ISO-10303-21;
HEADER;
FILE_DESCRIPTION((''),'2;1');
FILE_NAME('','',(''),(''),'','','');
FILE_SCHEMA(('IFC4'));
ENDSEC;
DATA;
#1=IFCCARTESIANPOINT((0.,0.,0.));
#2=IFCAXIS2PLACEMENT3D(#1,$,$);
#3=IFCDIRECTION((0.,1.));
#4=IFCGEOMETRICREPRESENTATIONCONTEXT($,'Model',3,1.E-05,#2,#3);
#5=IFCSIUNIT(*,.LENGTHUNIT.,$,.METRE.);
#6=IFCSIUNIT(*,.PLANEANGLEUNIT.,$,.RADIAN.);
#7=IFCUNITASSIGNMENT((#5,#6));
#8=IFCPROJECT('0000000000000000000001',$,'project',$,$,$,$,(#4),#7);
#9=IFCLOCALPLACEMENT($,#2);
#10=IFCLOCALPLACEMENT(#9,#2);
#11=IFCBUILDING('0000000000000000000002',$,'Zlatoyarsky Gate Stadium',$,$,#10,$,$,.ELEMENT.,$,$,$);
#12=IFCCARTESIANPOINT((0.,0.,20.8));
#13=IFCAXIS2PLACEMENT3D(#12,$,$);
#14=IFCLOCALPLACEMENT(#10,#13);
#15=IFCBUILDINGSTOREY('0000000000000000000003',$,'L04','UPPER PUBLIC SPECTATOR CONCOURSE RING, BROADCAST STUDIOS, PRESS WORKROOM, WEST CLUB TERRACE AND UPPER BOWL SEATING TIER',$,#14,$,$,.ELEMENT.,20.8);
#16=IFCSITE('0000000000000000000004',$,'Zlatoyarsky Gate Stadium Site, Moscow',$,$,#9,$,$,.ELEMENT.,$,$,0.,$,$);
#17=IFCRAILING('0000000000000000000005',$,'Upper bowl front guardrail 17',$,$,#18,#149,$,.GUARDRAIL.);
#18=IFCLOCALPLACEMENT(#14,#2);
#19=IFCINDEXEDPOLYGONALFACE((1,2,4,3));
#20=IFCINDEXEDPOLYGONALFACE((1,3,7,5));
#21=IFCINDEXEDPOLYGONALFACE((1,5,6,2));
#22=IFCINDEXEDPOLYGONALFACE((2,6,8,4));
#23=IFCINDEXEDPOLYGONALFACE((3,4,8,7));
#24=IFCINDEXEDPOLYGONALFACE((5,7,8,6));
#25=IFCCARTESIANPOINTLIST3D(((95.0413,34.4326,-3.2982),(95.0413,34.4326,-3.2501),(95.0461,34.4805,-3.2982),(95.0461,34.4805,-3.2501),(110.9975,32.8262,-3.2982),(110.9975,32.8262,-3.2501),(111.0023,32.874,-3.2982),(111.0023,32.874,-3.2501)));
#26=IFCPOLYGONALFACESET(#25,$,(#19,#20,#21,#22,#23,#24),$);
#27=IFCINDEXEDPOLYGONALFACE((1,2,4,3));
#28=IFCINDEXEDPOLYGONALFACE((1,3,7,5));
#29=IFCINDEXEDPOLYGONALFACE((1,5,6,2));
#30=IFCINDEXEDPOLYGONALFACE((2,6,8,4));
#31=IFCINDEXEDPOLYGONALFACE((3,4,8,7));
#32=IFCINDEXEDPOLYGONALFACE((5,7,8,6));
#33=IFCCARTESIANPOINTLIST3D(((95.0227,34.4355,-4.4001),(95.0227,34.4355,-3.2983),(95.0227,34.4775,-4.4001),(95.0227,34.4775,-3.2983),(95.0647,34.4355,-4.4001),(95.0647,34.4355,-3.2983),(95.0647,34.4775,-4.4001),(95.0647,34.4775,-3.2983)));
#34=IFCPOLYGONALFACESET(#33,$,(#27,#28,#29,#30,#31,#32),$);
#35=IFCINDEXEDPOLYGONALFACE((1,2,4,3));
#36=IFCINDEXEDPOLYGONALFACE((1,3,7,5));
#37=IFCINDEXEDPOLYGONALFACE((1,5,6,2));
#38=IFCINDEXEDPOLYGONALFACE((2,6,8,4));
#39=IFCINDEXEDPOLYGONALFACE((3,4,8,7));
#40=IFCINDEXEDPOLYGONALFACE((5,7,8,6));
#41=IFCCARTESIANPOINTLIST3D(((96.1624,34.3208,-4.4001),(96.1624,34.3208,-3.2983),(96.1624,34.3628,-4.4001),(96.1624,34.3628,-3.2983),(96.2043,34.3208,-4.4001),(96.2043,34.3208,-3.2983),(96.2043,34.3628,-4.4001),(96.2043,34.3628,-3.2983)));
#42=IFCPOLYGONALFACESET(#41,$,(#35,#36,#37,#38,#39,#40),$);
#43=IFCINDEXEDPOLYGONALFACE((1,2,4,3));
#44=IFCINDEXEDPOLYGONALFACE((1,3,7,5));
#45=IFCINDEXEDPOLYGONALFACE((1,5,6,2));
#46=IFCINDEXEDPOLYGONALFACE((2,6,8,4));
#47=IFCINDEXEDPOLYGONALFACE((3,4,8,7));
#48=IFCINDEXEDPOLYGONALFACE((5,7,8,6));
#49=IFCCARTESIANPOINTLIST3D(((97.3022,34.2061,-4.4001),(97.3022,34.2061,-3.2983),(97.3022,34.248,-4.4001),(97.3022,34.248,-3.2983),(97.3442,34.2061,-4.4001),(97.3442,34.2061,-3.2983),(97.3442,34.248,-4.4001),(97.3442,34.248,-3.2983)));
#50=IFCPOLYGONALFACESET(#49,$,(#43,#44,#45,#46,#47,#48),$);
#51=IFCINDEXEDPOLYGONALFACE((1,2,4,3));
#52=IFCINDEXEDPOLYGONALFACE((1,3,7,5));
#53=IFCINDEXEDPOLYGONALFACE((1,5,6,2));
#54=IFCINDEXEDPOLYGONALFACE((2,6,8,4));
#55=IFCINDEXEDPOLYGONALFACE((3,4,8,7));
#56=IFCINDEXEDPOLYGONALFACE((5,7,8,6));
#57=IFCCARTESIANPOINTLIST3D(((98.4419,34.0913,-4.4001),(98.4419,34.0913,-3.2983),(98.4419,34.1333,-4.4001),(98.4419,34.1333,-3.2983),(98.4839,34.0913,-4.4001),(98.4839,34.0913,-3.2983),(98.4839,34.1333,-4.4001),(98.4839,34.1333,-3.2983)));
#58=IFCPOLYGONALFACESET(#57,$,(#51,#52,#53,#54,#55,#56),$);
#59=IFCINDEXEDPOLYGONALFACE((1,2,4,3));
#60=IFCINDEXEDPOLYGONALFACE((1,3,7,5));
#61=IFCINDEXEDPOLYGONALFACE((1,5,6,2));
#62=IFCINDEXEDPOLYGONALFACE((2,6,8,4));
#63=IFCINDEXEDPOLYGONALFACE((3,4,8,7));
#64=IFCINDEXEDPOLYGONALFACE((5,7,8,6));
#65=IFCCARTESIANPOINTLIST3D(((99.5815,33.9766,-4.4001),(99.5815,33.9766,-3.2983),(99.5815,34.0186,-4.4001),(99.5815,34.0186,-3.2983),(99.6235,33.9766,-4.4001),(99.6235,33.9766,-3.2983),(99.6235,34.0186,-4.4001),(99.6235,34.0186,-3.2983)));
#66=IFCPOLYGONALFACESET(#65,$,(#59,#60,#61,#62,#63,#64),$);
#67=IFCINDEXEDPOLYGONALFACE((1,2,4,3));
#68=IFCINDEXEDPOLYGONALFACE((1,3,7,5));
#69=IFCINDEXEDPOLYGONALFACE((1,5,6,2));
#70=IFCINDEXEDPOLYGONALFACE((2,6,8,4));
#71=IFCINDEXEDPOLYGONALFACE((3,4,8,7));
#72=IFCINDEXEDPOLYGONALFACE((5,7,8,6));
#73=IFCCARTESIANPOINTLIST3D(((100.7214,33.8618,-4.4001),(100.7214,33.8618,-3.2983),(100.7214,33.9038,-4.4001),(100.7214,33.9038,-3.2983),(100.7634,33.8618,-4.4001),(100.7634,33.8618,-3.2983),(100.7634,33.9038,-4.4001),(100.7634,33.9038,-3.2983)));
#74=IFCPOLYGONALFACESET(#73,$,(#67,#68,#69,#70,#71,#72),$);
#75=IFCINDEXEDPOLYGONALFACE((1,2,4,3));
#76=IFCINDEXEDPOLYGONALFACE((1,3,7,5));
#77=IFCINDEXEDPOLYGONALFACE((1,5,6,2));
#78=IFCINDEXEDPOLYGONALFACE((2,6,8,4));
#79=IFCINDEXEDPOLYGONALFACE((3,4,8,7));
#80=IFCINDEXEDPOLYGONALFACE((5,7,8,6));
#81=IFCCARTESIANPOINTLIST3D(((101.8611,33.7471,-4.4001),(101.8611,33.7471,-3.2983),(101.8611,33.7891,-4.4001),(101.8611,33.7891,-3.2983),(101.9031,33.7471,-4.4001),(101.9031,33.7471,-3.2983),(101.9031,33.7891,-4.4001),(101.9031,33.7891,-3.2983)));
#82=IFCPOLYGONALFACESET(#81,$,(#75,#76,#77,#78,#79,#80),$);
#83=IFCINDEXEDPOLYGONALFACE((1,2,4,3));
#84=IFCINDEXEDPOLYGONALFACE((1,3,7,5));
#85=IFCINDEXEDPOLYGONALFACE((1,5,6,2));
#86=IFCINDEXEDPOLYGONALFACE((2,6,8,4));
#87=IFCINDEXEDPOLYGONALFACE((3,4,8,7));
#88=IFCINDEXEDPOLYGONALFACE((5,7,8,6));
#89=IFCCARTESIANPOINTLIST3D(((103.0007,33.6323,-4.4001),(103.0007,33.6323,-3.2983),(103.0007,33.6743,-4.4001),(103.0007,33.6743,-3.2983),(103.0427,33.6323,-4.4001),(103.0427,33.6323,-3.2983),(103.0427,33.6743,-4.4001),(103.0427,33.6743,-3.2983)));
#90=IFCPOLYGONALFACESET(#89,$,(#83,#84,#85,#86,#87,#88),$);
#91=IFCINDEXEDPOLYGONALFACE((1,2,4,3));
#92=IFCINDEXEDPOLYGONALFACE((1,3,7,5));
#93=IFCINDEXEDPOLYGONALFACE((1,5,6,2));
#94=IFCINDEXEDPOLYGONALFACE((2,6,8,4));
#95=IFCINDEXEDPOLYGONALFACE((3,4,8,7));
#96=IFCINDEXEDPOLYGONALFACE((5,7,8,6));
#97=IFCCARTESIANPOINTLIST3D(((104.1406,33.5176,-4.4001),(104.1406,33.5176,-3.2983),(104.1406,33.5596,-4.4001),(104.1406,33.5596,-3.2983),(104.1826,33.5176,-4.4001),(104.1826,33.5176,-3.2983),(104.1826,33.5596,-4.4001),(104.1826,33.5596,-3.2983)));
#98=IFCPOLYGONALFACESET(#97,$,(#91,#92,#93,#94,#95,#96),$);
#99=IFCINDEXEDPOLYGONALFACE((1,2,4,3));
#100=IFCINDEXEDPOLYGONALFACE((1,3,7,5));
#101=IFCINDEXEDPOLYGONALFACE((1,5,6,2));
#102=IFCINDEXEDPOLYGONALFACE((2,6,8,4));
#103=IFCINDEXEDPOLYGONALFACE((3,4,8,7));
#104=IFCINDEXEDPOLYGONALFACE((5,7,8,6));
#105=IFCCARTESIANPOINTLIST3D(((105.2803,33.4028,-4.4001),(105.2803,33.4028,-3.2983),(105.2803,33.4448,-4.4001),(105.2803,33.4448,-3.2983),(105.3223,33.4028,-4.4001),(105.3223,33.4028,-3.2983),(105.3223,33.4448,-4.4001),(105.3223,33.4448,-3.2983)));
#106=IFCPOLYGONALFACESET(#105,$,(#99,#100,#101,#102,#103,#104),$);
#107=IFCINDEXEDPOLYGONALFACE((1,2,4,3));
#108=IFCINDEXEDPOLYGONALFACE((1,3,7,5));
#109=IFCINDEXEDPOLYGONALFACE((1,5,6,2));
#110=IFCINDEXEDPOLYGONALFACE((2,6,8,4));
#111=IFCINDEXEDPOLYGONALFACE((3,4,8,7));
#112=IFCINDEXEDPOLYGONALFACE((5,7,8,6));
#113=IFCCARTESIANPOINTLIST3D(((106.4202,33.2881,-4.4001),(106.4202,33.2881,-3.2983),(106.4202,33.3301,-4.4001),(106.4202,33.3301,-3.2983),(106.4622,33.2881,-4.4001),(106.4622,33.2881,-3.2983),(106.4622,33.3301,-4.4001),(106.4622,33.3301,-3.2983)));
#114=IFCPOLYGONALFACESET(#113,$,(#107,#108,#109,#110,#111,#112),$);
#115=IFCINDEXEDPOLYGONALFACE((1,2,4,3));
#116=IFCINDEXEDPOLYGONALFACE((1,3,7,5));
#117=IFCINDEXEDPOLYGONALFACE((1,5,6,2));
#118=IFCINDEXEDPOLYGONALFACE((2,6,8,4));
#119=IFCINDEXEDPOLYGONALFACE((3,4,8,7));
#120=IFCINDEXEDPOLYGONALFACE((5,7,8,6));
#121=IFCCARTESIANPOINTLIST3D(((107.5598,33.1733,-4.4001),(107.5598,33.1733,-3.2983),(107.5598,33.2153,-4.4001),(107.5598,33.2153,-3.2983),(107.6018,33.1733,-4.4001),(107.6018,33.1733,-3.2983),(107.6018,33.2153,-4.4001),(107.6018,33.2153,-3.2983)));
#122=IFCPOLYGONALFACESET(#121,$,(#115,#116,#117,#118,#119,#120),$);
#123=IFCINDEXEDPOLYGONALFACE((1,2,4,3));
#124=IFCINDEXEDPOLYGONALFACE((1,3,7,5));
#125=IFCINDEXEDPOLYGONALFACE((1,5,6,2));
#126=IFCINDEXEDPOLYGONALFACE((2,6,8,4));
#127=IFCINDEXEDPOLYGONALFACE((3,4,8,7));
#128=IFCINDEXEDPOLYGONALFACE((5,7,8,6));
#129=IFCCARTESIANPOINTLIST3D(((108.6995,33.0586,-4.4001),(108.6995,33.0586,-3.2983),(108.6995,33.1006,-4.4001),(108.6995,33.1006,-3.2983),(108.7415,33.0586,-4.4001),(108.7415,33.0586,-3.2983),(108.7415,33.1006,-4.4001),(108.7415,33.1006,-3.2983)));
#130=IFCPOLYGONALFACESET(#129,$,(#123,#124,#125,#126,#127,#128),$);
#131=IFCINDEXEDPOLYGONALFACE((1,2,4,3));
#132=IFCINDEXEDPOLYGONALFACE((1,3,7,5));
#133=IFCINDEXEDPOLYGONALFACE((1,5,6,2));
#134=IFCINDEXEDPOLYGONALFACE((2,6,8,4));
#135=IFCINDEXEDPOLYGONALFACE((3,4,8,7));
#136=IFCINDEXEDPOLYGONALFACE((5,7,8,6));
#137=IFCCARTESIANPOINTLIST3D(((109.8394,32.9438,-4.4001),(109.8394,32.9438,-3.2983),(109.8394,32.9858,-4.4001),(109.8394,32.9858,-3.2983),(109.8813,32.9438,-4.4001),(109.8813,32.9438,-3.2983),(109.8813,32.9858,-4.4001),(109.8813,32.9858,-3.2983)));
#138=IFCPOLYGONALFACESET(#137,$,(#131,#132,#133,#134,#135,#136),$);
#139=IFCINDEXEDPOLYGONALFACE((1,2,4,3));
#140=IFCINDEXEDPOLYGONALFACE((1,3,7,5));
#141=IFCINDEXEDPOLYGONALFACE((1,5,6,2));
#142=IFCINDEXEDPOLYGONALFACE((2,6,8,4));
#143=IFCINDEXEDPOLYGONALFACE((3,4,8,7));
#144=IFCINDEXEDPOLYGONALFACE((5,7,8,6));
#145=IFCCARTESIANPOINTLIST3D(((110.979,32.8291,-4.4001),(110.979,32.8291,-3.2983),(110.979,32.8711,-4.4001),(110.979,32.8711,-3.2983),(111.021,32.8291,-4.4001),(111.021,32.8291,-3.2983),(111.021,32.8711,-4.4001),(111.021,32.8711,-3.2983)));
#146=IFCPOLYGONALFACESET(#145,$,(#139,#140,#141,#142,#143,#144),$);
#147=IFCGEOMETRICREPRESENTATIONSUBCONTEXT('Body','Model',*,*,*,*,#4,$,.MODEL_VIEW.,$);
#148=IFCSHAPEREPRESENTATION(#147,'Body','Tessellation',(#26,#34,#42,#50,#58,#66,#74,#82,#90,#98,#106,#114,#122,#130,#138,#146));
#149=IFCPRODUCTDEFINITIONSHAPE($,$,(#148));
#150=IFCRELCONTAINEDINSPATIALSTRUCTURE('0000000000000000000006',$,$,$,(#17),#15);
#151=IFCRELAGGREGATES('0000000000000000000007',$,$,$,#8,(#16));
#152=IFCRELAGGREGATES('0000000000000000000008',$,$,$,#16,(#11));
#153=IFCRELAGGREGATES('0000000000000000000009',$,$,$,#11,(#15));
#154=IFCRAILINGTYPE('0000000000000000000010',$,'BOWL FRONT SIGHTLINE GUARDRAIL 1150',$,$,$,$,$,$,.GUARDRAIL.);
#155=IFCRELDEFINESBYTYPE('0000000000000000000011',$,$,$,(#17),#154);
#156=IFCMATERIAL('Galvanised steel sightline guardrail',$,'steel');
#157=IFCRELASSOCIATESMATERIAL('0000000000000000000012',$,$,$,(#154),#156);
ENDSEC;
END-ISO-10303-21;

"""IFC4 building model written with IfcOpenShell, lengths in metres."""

from ifc_helpers import new_model, si_unit, direction, frame, origin, origin_2d, place, context, subcontext, project, spatial, rectangle, extrude, material, type_object, element, save


model = new_model("IFC4")

# Units and contexts
model_context = context("Model", 3, precision=1e-05, world=origin(), true_north=direction((0.0, 1.0)))
body_context = subcontext(model_context, "Body", "Model", "MODEL_VIEW")
ifc_project = project(units=[si_unit("LENGTHUNIT", "METRE"), si_unit("PLANEANGLEUNIT", "RADIAN")], contexts=[model_context])

# Site, building, storey
site_placement = place(None, origin())
site = spatial("IfcSite", under=ifc_project, at=site_placement, Name="Zlatoyarsky Gate Stadium Site, Moscow", CompositionType="ELEMENT", RefElevation=0.0)
building_placement = place(site_placement, origin())
building = spatial("IfcBuilding", under=site, at=building_placement, Name="Zlatoyarsky Gate Stadium", CompositionType="ELEMENT")
storey_placement = place(building_placement, frame((0.0, 0.0, 20.8)))
storey = spatial("IfcBuildingStorey", under=building, at=storey_placement, Name="L04", Description="UPPER PUBLIC SPECTATOR CONCOURSE RING, BROADCAST STUDIOS, PRESS WORKROOM, WEST CLUB TERRACE AND UPPER BOWL SEATING TIER", CompositionType="ELEMENT", Elevation=20.8)

# Railing
ifc_material_1 = material(Name="Galvanised steel sightline guardrail", Category="steel")
railing_type_1 = type_object("IfcRailingType", Name="BOWL FRONT SIGHTLINE GUARDRAIL 1150", PredefinedType="GUARDRAIL", material=ifc_material_1)
railing_1_placement = place(storey_placement, frame((95.0437, 34.4565, -4.4001)))
element("IfcRailing", 1, at=railing_1_placement, inside=storey, type_object=railing_type_1, Name="Upper bowl front guardrail 17", PredefinedType="GUARDRAIL", context=body_context, shape_type="SweptSolid", body=[
    extrude(rectangle(XDim=0.0481, YDim=0.0481, at=origin_2d()), frame((0.0, 0.0, 1.126), z_axis=(0.99497, -0.100171, 0.0), x_axis=(0.100171, 0.99497, 0.0)), (0.0, 0.0, 1.0), 16.0369),
    extrude(rectangle(XDim=0.042, YDim=0.042, at=origin_2d()), origin(), (0.0, 0.0, 1.0), 1.1018),
    extrude(rectangle(XDim=0.042, YDim=0.042, at=origin_2d()), frame((1.1396, -0.1147, 0.0)), (0.0, 0.0, 1.0), 1.1018),
    extrude(rectangle(XDim=0.042, YDim=0.042, at=origin_2d()), frame((2.2795, -0.2295, 0.0)), (0.0, 0.0, 1.0), 1.1018),
    extrude(rectangle(XDim=0.042, YDim=0.042, at=origin_2d()), frame((3.4192, -0.3442, 0.0)), (0.0, 0.0, 1.0), 1.1018),
    extrude(rectangle(XDim=0.042, YDim=0.042, at=origin_2d()), frame((4.5588, -0.459, 0.0)), (0.0, 0.0, 1.0), 1.1018),
    extrude(rectangle(XDim=0.042, YDim=0.042, at=origin_2d()), frame((5.6987, -0.5737, 0.0)), (0.0, 0.0, 1.0), 1.1018),
    extrude(rectangle(XDim=0.042, YDim=0.042, at=origin_2d()), frame((6.8384, -0.6885, 0.0)), (0.0, 0.0, 1.0), 1.1018),
    extrude(rectangle(XDim=0.042, YDim=0.042, at=origin_2d()), frame((7.978, -0.8032, 0.0)), (0.0, 0.0, 1.0), 1.1018),
    extrude(rectangle(XDim=0.042, YDim=0.042, at=origin_2d()), frame((9.1179, -0.918, 0.0)), (0.0, 0.0, 1.0), 1.1018),
    extrude(rectangle(XDim=0.042, YDim=0.042, at=origin_2d()), frame((10.2576, -1.0327, 0.0)), (0.0, 0.0, 1.0), 1.1018),
    extrude(rectangle(XDim=0.042, YDim=0.042, at=origin_2d()), frame((11.3975, -1.1475, 0.0)), (0.0, 0.0, 1.0), 1.1018),
    extrude(rectangle(XDim=0.042, YDim=0.042, at=origin_2d()), frame((12.5371, -1.2622, 0.0)), (0.0, 0.0, 1.0), 1.1018),
    extrude(rectangle(XDim=0.042, YDim=0.042, at=origin_2d()), frame((13.6768, -1.377, 0.0)), (0.0, 0.0, 1.0), 1.1018),
    extrude(rectangle(XDim=0.042, YDim=0.042, at=origin_2d()), frame((14.8167, -1.4917, 0.0)), (0.0, 0.0, 1.0), 1.1018),
    extrude(rectangle(XDim=0.042, YDim=0.042, at=origin_2d()), frame((15.9563, -1.6064, 0.0)), (0.0, 0.0, 1.0), 1.1018),
])

save(model, "model.ifc")
